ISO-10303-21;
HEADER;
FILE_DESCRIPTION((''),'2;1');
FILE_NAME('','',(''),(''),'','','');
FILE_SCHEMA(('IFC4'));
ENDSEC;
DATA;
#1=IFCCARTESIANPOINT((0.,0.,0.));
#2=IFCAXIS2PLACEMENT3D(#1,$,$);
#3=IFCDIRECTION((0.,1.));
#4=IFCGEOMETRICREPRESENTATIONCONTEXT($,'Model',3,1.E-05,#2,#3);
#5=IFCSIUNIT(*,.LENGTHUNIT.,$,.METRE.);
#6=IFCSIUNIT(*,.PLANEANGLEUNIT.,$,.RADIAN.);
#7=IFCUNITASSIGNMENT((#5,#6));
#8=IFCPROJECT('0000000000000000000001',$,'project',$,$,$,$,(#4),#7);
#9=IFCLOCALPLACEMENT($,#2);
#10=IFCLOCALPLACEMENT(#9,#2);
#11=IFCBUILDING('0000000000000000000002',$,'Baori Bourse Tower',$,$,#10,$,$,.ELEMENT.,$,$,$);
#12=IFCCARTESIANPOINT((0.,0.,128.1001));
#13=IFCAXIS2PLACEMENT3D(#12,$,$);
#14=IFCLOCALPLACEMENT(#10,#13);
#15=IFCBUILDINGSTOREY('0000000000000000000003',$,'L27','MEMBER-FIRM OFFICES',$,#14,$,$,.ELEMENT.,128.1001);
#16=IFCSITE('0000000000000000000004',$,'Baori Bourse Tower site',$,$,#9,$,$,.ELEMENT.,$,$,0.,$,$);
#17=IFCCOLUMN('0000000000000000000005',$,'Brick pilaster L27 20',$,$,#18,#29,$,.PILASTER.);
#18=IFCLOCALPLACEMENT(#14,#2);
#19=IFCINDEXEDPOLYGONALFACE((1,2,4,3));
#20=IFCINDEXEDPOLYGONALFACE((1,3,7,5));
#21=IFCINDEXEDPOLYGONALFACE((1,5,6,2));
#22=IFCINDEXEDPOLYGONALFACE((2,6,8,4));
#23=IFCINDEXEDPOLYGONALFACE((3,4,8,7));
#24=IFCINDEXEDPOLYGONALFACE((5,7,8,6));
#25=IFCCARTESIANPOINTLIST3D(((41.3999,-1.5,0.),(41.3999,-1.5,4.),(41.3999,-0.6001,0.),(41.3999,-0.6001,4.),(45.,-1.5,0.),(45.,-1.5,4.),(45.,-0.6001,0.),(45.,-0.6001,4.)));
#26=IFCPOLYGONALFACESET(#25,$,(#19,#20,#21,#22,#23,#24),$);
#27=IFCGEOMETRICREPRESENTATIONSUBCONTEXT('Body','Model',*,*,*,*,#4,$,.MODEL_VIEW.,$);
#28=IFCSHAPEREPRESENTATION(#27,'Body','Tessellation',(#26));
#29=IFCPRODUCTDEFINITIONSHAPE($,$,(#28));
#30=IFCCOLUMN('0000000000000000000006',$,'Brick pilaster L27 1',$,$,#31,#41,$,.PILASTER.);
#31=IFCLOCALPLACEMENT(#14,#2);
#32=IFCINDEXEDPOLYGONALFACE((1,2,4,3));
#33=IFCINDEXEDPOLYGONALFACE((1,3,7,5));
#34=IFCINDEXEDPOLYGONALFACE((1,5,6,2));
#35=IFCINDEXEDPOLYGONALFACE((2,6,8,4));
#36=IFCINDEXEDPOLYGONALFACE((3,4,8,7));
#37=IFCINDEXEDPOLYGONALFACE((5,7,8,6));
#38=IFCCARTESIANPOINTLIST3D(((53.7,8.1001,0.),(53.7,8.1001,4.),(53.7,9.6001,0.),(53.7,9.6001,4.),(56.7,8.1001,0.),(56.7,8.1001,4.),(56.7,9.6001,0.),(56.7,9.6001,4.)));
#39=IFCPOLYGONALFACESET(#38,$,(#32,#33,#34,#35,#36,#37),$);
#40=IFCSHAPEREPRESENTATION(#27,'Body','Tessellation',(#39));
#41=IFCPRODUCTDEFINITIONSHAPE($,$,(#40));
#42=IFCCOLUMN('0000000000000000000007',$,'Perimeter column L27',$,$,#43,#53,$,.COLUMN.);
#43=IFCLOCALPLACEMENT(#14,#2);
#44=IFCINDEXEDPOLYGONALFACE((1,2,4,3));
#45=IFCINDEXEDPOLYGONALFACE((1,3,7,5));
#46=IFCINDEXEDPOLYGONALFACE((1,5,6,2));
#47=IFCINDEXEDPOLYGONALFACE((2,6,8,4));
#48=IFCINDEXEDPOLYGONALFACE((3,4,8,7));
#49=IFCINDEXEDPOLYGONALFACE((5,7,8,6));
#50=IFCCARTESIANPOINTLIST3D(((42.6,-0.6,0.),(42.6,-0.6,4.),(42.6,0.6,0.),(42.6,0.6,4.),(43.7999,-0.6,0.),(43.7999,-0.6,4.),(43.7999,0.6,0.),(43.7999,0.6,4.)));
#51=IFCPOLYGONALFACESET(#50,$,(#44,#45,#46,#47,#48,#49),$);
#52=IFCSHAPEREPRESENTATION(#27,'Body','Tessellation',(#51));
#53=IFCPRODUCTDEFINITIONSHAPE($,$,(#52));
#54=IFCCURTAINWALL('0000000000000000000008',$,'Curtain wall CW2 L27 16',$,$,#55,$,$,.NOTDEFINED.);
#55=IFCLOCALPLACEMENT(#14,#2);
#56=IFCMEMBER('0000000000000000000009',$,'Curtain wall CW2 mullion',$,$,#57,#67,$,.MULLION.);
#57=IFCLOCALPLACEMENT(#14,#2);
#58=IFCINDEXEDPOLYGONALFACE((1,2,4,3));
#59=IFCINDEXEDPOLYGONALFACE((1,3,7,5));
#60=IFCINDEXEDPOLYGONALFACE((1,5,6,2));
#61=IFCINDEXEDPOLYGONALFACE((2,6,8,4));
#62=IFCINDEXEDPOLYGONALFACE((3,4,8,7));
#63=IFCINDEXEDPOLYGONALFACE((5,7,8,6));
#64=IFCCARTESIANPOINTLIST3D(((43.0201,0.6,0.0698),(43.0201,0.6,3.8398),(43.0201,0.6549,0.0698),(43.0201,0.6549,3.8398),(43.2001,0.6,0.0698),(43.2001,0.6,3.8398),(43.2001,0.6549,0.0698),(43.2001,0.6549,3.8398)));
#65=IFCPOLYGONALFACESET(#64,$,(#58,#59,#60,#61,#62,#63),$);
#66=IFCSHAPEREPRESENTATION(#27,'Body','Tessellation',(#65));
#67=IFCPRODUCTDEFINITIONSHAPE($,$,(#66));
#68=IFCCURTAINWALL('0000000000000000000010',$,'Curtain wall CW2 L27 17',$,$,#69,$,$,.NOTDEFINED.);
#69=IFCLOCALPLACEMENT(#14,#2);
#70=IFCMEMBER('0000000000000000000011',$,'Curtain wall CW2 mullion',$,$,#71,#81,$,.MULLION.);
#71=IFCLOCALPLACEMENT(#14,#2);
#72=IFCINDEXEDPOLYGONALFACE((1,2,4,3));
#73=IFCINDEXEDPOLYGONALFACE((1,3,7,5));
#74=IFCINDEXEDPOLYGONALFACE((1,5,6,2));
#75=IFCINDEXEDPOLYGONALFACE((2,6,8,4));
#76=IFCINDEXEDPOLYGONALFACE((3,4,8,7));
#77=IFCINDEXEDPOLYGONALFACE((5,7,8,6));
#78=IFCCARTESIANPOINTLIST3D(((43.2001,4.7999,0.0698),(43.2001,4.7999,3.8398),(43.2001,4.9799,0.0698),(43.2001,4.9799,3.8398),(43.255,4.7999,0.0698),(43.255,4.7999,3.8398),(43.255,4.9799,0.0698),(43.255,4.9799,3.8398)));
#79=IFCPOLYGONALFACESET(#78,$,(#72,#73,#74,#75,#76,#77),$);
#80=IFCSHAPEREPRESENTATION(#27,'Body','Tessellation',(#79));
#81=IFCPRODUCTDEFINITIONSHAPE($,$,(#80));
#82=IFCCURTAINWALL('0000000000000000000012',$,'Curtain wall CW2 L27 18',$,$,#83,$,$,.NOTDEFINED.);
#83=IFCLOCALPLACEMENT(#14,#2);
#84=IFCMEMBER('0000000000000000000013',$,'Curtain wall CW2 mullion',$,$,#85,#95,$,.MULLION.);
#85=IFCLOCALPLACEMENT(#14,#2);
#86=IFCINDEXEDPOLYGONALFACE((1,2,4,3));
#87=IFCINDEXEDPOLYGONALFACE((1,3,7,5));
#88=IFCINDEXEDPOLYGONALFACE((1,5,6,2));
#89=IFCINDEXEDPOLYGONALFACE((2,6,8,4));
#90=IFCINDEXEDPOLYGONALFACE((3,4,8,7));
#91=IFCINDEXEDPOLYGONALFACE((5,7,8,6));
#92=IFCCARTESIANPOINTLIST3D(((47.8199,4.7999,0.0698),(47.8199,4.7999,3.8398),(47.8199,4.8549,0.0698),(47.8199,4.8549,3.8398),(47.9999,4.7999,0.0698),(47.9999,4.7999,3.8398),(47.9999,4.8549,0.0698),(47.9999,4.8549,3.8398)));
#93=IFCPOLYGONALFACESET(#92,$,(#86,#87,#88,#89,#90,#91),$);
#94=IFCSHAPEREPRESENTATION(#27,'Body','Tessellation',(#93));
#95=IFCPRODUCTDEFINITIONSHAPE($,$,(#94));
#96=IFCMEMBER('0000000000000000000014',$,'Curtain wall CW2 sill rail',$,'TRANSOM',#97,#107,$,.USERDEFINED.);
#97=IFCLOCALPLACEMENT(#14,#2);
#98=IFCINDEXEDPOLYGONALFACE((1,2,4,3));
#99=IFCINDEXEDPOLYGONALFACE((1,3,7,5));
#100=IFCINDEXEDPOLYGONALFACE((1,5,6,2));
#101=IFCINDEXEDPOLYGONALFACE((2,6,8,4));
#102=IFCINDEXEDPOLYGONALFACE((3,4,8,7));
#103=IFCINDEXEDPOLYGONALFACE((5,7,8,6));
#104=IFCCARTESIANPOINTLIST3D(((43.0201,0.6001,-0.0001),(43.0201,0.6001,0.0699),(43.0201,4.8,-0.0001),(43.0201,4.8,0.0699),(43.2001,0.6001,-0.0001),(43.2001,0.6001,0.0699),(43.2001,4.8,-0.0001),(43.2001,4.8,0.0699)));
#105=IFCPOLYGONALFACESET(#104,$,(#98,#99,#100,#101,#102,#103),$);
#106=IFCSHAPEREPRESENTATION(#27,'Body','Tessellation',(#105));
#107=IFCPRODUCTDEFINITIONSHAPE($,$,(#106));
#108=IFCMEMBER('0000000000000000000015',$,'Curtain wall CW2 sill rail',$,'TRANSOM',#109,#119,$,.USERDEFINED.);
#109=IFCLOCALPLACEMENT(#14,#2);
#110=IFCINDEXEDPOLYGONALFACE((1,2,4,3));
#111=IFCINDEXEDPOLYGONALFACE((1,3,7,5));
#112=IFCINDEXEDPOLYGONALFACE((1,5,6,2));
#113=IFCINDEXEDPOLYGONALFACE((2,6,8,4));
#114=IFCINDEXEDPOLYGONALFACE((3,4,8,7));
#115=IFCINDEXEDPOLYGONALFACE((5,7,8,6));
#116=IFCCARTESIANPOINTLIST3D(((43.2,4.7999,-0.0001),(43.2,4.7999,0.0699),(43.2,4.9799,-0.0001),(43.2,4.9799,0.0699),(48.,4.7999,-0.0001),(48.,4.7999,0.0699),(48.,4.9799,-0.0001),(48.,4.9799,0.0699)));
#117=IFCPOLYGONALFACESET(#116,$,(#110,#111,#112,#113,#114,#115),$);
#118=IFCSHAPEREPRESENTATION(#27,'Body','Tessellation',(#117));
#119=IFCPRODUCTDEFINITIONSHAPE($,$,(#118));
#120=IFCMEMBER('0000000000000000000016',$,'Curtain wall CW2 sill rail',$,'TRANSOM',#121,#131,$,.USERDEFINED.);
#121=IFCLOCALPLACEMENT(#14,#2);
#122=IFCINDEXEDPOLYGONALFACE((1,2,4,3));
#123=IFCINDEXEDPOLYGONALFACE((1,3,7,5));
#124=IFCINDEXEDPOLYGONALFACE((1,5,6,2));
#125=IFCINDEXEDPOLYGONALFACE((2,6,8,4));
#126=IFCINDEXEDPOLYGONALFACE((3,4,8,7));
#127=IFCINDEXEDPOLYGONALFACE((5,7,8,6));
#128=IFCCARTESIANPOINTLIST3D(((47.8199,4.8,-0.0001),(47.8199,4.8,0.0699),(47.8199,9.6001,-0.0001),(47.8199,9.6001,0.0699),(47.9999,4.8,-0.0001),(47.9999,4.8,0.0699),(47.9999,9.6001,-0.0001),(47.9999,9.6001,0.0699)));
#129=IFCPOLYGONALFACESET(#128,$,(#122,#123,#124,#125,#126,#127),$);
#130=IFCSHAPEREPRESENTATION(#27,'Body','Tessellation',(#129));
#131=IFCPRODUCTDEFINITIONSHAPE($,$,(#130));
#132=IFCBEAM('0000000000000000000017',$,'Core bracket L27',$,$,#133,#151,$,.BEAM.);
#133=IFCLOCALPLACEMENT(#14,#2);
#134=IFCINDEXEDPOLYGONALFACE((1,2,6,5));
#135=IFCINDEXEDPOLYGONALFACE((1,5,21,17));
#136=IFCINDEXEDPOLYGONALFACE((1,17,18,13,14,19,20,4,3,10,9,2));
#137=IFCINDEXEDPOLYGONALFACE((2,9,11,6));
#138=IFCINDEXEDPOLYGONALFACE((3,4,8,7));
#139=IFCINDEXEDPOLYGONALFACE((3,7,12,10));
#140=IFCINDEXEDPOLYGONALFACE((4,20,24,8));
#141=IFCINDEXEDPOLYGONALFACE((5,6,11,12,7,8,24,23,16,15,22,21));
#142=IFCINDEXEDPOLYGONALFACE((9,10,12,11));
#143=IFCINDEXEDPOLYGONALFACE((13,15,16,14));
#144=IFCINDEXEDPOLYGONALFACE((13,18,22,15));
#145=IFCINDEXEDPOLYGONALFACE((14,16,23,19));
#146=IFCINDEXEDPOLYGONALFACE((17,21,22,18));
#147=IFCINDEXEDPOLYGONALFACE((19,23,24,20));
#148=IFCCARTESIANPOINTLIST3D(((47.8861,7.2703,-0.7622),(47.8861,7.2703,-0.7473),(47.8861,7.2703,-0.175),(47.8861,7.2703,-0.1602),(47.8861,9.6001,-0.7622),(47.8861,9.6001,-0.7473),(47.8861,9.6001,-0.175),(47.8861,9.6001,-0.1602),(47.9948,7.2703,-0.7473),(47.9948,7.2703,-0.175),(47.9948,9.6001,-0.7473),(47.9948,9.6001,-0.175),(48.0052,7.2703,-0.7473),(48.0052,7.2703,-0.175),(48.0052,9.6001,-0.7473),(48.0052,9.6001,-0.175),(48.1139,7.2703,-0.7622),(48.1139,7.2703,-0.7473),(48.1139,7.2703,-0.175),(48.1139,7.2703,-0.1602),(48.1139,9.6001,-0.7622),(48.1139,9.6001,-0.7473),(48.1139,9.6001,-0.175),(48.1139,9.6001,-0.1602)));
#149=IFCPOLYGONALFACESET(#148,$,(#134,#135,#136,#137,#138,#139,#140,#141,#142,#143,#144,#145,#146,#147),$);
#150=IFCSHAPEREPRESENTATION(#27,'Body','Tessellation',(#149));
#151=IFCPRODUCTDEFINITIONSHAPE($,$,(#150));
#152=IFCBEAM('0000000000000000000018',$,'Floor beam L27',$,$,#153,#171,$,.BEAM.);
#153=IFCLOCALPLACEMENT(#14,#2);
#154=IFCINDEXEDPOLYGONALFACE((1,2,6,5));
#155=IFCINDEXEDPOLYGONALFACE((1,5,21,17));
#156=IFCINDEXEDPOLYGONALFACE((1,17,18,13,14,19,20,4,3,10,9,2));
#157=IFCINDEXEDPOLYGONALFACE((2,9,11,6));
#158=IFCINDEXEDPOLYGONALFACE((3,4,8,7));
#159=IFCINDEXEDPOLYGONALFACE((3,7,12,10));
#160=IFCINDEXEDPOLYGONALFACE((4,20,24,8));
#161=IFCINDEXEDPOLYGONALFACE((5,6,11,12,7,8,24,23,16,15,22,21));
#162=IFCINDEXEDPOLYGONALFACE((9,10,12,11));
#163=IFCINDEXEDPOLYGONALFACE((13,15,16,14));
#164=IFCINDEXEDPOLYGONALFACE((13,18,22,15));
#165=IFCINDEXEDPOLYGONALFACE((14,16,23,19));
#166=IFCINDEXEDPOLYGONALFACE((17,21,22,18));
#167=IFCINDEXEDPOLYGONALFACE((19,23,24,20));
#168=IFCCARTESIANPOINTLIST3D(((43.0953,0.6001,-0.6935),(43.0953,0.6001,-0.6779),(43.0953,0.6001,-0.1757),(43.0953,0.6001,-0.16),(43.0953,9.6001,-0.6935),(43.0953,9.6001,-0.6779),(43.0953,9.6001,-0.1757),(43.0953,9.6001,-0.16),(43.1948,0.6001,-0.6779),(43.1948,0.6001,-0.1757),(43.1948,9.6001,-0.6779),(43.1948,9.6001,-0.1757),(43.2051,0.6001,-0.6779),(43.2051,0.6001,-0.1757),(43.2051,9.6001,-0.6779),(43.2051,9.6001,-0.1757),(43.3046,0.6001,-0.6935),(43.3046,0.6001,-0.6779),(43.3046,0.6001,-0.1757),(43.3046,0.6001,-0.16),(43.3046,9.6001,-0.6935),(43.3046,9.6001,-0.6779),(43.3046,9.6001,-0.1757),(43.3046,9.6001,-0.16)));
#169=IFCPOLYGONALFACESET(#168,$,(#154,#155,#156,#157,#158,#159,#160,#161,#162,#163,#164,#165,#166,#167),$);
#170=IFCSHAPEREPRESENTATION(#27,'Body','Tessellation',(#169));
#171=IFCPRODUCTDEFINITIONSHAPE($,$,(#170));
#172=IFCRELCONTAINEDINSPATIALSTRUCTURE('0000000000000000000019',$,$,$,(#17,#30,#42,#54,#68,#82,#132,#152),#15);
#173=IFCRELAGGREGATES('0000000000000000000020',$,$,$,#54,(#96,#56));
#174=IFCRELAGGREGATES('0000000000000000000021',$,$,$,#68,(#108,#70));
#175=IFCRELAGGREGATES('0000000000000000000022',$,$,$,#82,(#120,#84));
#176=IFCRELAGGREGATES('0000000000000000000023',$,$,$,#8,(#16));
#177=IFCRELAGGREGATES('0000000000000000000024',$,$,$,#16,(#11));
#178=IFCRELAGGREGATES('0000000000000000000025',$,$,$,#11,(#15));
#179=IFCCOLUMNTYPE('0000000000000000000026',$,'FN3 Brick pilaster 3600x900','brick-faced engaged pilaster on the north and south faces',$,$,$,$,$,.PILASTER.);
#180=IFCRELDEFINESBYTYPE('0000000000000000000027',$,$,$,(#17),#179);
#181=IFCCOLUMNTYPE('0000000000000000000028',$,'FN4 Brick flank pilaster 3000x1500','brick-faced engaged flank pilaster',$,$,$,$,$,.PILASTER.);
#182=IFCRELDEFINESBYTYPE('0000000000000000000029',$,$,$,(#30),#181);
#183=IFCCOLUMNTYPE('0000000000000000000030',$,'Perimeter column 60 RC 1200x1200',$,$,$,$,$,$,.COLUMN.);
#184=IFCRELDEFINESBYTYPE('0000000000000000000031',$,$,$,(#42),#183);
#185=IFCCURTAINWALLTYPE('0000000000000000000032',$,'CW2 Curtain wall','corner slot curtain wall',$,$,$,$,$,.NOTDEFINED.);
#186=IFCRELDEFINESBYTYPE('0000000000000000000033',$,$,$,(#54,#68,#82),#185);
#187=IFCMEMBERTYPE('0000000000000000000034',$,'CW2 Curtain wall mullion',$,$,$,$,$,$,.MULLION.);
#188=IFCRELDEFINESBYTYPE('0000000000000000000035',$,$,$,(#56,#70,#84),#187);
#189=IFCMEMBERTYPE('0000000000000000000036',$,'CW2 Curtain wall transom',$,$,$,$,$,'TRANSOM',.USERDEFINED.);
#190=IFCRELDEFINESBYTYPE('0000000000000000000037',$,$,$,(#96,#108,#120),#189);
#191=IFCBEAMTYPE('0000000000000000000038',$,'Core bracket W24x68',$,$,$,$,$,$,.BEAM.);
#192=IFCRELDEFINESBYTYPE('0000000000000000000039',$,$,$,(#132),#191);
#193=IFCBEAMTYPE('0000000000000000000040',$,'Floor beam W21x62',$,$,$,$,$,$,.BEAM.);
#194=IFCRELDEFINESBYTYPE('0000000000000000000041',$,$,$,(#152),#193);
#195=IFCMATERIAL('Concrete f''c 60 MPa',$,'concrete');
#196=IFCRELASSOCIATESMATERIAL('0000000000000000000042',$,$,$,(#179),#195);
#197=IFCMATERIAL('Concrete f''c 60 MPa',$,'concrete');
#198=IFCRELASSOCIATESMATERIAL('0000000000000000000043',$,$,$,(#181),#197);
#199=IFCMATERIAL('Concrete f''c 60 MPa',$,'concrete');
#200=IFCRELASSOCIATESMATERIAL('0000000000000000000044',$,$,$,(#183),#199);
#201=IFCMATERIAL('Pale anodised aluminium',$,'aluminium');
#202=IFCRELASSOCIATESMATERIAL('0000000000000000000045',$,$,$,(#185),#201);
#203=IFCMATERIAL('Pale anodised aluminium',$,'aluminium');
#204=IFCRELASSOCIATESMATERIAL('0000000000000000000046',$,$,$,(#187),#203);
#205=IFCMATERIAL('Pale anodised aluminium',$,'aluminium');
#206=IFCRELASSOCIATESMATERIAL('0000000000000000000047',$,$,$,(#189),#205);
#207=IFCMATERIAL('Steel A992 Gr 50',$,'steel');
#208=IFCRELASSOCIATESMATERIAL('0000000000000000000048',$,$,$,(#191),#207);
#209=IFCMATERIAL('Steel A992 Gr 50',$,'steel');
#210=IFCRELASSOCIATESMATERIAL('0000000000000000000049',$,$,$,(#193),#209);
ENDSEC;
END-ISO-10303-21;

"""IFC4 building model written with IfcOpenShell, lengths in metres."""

from ifc_helpers import new_model, si_unit, direction, frame, origin, origin_2d, place, context, subcontext, project, spatial, rectangle, i_section, extrude, material, material_profile, profile_set, type_object, element, aggregate, save


model = new_model("IFC4")

# Units and contexts
model_context = context("Model", 3, precision=1e-05, world=origin(), true_north=direction((0.0, 1.0)))
body_context = subcontext(model_context, "Body", "Model", "MODEL_VIEW")
ifc_project = project(units=[si_unit("LENGTHUNIT", "METRE"), si_unit("PLANEANGLEUNIT", "RADIAN")], contexts=[model_context])

# Site, building, storey
site_placement = place(None, origin())
site = spatial("IfcSite", under=ifc_project, at=site_placement, Name="Baori Bourse Tower site", CompositionType="ELEMENT", RefElevation=0.0)
building_placement = place(site_placement, origin())
building = spatial("IfcBuilding", under=site, at=building_placement, Name="Baori Bourse Tower", CompositionType="ELEMENT")
storey_placement = place(building_placement, frame((0.0, 0.0, 128.1001)))
storey = spatial("IfcBuildingStorey", under=building, at=storey_placement, Name="L27", Description="MEMBER-FIRM OFFICES", CompositionType="ELEMENT", Elevation=128.1001)

# Columns
ifc_material_1 = material(Name="Concrete f'c 60 MPa", Category="concrete")
ifc_material_profile_1 = material_profile(ifc_material_1, rectangle(XDim=3.6001, YDim=0.8999, at=origin_2d()), Name="RC 3600x900")
ifc_profile_set_1 = profile_set([ifc_material_profile_1], Name="Concrete f'c 60 MPa")
column_type_1 = type_object("IfcColumnType", Name="FN3 Brick pilaster 3600x900", Description="brick-faced engaged pilaster on the north and south faces", PredefinedType="PILASTER", material=ifc_profile_set_1)
column_1_placement = place(storey_placement, frame((43.2, -1.05, 0.0), z_axis=(0.0, 0.0, 1.0), x_axis=(1.0, 0.0, 0.0)))
element("IfcColumn", 1, at=column_1_placement, inside=storey, type_object=column_type_1, Name="Brick pilaster L27 20", PredefinedType="PILASTER", context=body_context, shape_type="SweptSolid", body=[
    extrude(rectangle(XDim=3.6001, YDim=0.8999, at=origin_2d()), origin(), (0.0, 0.0, 1.0), 4.0),
])
ifc_material_2 = material(Name="Concrete f'c 60 MPa", Category="concrete")
ifc_material_profile_2 = material_profile(ifc_material_2, rectangle(XDim=3.0, YDim=1.5, at=origin_2d()), Name="RC 3000x1500")
ifc_profile_set_2 = profile_set([ifc_material_profile_2], Name="Concrete f'c 60 MPa")
column_type_2 = type_object("IfcColumnType", Name="FN4 Brick flank pilaster 3000x1500", Description="brick-faced engaged flank pilaster", PredefinedType="PILASTER", material=ifc_profile_set_2)
column_2_placement = place(storey_placement, frame((55.2, 8.8501, 0.0), z_axis=(0.0, 0.0, 1.0), x_axis=(1.0, 0.0, 0.0)))
element("IfcColumn", 2, at=column_2_placement, inside=storey, type_object=column_type_2, Name="Brick pilaster L27 1", PredefinedType="PILASTER", context=body_context, shape_type="SweptSolid", body=[
    extrude(rectangle(XDim=3.0, YDim=1.5, at=origin_2d()), origin(), (0.0, 0.0, 1.0), 4.0),
])
ifc_material_3 = material(Name="Concrete f'c 60 MPa", Category="concrete")
ifc_material_profile_3 = material_profile(ifc_material_3, rectangle(XDim=1.2, YDim=1.2, at=origin_2d()), Name="RC 1200x1200")
ifc_profile_set_3 = profile_set([ifc_material_profile_3], Name="Concrete f'c 60 MPa")
column_type_3 = type_object("IfcColumnType", Name="Perimeter column 60 RC 1200x1200", PredefinedType="COLUMN", material=ifc_profile_set_3)
column_3_placement = place(storey_placement, frame((43.2, 0.0, 0.0), z_axis=(0.0, 0.0, 1.0), x_axis=(1.0, 0.0, 0.0)))
element("IfcColumn", 3, at=column_3_placement, inside=storey, type_object=column_type_3, Name="Perimeter column L27", PredefinedType="COLUMN", context=body_context, shape_type="SweptSolid", body=[
    extrude(rectangle(XDim=1.2, YDim=1.2, at=origin_2d()), origin(), (0.0, 0.0, 1.0), 4.0),
])

# Curtain walls, members
ifc_material_4 = material(Name="Pale anodised aluminium", Category="aluminium")
curtain_wall_type_1 = type_object("IfcCurtainWallType", Name="CW2 Curtain wall", Description="corner slot curtain wall", PredefinedType="NOTDEFINED", material=ifc_material_4)
curtain_wall_1_placement = place(storey_placement, origin())
curtain_wall_1 = element("IfcCurtainWall", 4, at=curtain_wall_1_placement, inside=storey, type_object=curtain_wall_type_1, Name="Curtain wall CW2 L27 16", PredefinedType="NOTDEFINED")
ifc_material_5 = material(Name="Pale anodised aluminium", Category="aluminium")
ifc_material_profile_4 = material_profile(ifc_material_5, rectangle(XDim=0.1799, YDim=0.0549, at=origin_2d()), Name="Mullion 55x180")
ifc_profile_set_4 = profile_set([ifc_material_profile_4], Name="Pale anodised aluminium")
member_type_1 = type_object("IfcMemberType", Name="CW2 Curtain wall mullion", PredefinedType="MULLION", material=ifc_profile_set_4)
member_1_placement = place(storey_placement, frame((43.1101, 0.6274, 0.0698), z_axis=(0.0, 0.0, 1.0), x_axis=(-1.0, 0.0, 0.0)))
member_1 = element("IfcMember", 5, at=member_1_placement, type_object=member_type_1, Name="Curtain wall CW2 mullion", PredefinedType="MULLION", context=body_context, shape_type="SweptSolid", body=[
    extrude(rectangle(XDim=0.1799, YDim=0.0549, at=origin_2d()), origin(), (0.0, 0.0, 1.0), 3.77),
])
curtain_wall_2_placement = place(storey_placement, origin())
curtain_wall_2 = element("IfcCurtainWall", 6, at=curtain_wall_2_placement, inside=storey, type_object=curtain_wall_type_1, Name="Curtain wall CW2 L27 17", PredefinedType="NOTDEFINED")
member_2_placement = place(storey_placement, frame((43.2275, 4.8899, 0.0698), z_axis=(0.0, 0.0, 1.0), x_axis=(0.0, 1.0, 0.0)))
member_2 = element("IfcMember", 7, at=member_2_placement, type_object=member_type_1, Name="Curtain wall CW2 mullion", PredefinedType="MULLION", context=body_context, shape_type="SweptSolid", body=[
    extrude(rectangle(XDim=0.1799, YDim=0.0549, at=origin_2d()), origin(), (0.0, 0.0, 1.0), 3.77),
])
curtain_wall_3_placement = place(storey_placement, origin())
curtain_wall_3 = element("IfcCurtainWall", 8, at=curtain_wall_3_placement, inside=storey, type_object=curtain_wall_type_1, Name="Curtain wall CW2 L27 18", PredefinedType="NOTDEFINED")
member_3_placement = place(storey_placement, frame((47.9099, 4.8274, 0.0698), z_axis=(0.0, 0.0, 1.0), x_axis=(-1.0, 0.0, 0.0)))
member_3 = element("IfcMember", 9, at=member_3_placement, type_object=member_type_1, Name="Curtain wall CW2 mullion", PredefinedType="MULLION", context=body_context, shape_type="SweptSolid", body=[
    extrude(rectangle(XDim=0.1799, YDim=0.0549, at=origin_2d()), origin(), (0.0, 0.0, 1.0), 3.77),
])

# Members
ifc_material_6 = material(Name="Pale anodised aluminium", Category="aluminium")
ifc_material_profile_5 = material_profile(ifc_material_6, rectangle(XDim=0.1799, YDim=0.0701, at=origin_2d()), Name="Transom 70x180")
ifc_profile_set_5 = profile_set([ifc_material_profile_5], Name="Pale anodised aluminium")
member_type_2 = type_object("IfcMemberType", Name="CW2 Curtain wall transom", ElementType="TRANSOM", PredefinedType="USERDEFINED", material=ifc_profile_set_5)
member_4_placement = place(storey_placement, frame((43.1101, 0.6001, 0.0349), z_axis=(0.0, 1.0, 0.0), x_axis=(-1.0, 0.0, 0.0)))
member_4 = element("IfcMember", 10, at=member_4_placement, type_object=member_type_2, Name="Curtain wall CW2 sill rail", ObjectType="TRANSOM", PredefinedType="USERDEFINED", context=body_context, shape_type="SweptSolid", body=[
    extrude(rectangle(XDim=0.1799, YDim=0.0701, at=origin_2d()), origin(), (0.0, 0.0, 1.0), 4.2),
])
member_5_placement = place(storey_placement, frame((43.2, 4.8899, 0.0349), z_axis=(1.0, 0.0, 0.0), x_axis=(0.0, 1.0, 0.0)))
member_5 = element("IfcMember", 11, at=member_5_placement, type_object=member_type_2, Name="Curtain wall CW2 sill rail", ObjectType="TRANSOM", PredefinedType="USERDEFINED", context=body_context, shape_type="SweptSolid", body=[
    extrude(rectangle(XDim=0.1799, YDim=0.0701, at=origin_2d()), origin(), (0.0, 0.0, 1.0), 4.8),
])
member_6_placement = place(storey_placement, frame((47.9099, 4.8, 0.0349), z_axis=(0.0, 1.0, 0.0), x_axis=(-1.0, 0.0, 0.0)))
member_6 = element("IfcMember", 12, at=member_6_placement, type_object=member_type_2, Name="Curtain wall CW2 sill rail", ObjectType="TRANSOM", PredefinedType="USERDEFINED", context=body_context, shape_type="SweptSolid", body=[
    extrude(rectangle(XDim=0.1799, YDim=0.0701, at=origin_2d()), origin(), (0.0, 0.0, 1.0), 4.8),
])

# Beams
ifc_material_7 = material(Name="Steel A992 Gr 50", Category="steel")
ifc_material_profile_6 = material_profile(ifc_material_7, i_section(OverallWidth=0.2278, OverallDepth=0.6021, WebThickness=0.0105, FlangeThickness=0.0149, at=origin_2d()), Name="W24x68")
ifc_profile_set_6 = profile_set([ifc_material_profile_6], Name="Steel A992 Gr 50")
beam_type_1 = type_object("IfcBeamType", Name="Core bracket W24x68", PredefinedType="BEAM", material=ifc_profile_set_6)
beam_1_placement = place(storey_placement, frame((48.0, 7.2703, -0.4612), z_axis=(0.0, 1.0, 0.0), x_axis=(-1.0, 0.0, 0.0)))
element("IfcBeam", 13, at=beam_1_placement, inside=storey, type_object=beam_type_1, Name="Core bracket L27", PredefinedType="BEAM", context=body_context, shape_type="SweptSolid", body=[
    extrude(i_section(OverallWidth=0.2278, OverallDepth=0.6021, WebThickness=0.0105, FlangeThickness=0.0149, at=origin_2d()), origin(), (0.0, 0.0, 1.0), 2.3298),
])
ifc_material_8 = material(Name="Steel A992 Gr 50", Category="steel")
ifc_material_profile_7 = material_profile(ifc_material_8, i_section(OverallWidth=0.2092, OverallDepth=0.5334, WebThickness=0.0103, FlangeThickness=0.0156, at=origin_2d()), Name="W21x62")
ifc_profile_set_7 = profile_set([ifc_material_profile_7], Name="Steel A992 Gr 50")
beam_type_2 = type_object("IfcBeamType", Name="Floor beam W21x62", PredefinedType="BEAM", material=ifc_profile_set_7)
beam_2_placement = place(storey_placement, frame((43.2, 0.6001, -0.4268), z_axis=(0.0, 1.0, 0.0), x_axis=(-1.0, 0.0, 0.0)))
element("IfcBeam", 14, at=beam_2_placement, inside=storey, type_object=beam_type_2, Name="Floor beam L27", PredefinedType="BEAM", context=body_context, shape_type="SweptSolid", body=[
    extrude(i_section(OverallWidth=0.2092, OverallDepth=0.5334, WebThickness=0.0103, FlangeThickness=0.0156, at=origin_2d()), origin(), (0.0, 0.0, 1.0), 9.0),
])

aggregate(curtain_wall_1, [member_4, member_1])
aggregate(curtain_wall_2, [member_5, member_2])
aggregate(curtain_wall_3, [member_6, member_3])

save(model, "model.ifc")
